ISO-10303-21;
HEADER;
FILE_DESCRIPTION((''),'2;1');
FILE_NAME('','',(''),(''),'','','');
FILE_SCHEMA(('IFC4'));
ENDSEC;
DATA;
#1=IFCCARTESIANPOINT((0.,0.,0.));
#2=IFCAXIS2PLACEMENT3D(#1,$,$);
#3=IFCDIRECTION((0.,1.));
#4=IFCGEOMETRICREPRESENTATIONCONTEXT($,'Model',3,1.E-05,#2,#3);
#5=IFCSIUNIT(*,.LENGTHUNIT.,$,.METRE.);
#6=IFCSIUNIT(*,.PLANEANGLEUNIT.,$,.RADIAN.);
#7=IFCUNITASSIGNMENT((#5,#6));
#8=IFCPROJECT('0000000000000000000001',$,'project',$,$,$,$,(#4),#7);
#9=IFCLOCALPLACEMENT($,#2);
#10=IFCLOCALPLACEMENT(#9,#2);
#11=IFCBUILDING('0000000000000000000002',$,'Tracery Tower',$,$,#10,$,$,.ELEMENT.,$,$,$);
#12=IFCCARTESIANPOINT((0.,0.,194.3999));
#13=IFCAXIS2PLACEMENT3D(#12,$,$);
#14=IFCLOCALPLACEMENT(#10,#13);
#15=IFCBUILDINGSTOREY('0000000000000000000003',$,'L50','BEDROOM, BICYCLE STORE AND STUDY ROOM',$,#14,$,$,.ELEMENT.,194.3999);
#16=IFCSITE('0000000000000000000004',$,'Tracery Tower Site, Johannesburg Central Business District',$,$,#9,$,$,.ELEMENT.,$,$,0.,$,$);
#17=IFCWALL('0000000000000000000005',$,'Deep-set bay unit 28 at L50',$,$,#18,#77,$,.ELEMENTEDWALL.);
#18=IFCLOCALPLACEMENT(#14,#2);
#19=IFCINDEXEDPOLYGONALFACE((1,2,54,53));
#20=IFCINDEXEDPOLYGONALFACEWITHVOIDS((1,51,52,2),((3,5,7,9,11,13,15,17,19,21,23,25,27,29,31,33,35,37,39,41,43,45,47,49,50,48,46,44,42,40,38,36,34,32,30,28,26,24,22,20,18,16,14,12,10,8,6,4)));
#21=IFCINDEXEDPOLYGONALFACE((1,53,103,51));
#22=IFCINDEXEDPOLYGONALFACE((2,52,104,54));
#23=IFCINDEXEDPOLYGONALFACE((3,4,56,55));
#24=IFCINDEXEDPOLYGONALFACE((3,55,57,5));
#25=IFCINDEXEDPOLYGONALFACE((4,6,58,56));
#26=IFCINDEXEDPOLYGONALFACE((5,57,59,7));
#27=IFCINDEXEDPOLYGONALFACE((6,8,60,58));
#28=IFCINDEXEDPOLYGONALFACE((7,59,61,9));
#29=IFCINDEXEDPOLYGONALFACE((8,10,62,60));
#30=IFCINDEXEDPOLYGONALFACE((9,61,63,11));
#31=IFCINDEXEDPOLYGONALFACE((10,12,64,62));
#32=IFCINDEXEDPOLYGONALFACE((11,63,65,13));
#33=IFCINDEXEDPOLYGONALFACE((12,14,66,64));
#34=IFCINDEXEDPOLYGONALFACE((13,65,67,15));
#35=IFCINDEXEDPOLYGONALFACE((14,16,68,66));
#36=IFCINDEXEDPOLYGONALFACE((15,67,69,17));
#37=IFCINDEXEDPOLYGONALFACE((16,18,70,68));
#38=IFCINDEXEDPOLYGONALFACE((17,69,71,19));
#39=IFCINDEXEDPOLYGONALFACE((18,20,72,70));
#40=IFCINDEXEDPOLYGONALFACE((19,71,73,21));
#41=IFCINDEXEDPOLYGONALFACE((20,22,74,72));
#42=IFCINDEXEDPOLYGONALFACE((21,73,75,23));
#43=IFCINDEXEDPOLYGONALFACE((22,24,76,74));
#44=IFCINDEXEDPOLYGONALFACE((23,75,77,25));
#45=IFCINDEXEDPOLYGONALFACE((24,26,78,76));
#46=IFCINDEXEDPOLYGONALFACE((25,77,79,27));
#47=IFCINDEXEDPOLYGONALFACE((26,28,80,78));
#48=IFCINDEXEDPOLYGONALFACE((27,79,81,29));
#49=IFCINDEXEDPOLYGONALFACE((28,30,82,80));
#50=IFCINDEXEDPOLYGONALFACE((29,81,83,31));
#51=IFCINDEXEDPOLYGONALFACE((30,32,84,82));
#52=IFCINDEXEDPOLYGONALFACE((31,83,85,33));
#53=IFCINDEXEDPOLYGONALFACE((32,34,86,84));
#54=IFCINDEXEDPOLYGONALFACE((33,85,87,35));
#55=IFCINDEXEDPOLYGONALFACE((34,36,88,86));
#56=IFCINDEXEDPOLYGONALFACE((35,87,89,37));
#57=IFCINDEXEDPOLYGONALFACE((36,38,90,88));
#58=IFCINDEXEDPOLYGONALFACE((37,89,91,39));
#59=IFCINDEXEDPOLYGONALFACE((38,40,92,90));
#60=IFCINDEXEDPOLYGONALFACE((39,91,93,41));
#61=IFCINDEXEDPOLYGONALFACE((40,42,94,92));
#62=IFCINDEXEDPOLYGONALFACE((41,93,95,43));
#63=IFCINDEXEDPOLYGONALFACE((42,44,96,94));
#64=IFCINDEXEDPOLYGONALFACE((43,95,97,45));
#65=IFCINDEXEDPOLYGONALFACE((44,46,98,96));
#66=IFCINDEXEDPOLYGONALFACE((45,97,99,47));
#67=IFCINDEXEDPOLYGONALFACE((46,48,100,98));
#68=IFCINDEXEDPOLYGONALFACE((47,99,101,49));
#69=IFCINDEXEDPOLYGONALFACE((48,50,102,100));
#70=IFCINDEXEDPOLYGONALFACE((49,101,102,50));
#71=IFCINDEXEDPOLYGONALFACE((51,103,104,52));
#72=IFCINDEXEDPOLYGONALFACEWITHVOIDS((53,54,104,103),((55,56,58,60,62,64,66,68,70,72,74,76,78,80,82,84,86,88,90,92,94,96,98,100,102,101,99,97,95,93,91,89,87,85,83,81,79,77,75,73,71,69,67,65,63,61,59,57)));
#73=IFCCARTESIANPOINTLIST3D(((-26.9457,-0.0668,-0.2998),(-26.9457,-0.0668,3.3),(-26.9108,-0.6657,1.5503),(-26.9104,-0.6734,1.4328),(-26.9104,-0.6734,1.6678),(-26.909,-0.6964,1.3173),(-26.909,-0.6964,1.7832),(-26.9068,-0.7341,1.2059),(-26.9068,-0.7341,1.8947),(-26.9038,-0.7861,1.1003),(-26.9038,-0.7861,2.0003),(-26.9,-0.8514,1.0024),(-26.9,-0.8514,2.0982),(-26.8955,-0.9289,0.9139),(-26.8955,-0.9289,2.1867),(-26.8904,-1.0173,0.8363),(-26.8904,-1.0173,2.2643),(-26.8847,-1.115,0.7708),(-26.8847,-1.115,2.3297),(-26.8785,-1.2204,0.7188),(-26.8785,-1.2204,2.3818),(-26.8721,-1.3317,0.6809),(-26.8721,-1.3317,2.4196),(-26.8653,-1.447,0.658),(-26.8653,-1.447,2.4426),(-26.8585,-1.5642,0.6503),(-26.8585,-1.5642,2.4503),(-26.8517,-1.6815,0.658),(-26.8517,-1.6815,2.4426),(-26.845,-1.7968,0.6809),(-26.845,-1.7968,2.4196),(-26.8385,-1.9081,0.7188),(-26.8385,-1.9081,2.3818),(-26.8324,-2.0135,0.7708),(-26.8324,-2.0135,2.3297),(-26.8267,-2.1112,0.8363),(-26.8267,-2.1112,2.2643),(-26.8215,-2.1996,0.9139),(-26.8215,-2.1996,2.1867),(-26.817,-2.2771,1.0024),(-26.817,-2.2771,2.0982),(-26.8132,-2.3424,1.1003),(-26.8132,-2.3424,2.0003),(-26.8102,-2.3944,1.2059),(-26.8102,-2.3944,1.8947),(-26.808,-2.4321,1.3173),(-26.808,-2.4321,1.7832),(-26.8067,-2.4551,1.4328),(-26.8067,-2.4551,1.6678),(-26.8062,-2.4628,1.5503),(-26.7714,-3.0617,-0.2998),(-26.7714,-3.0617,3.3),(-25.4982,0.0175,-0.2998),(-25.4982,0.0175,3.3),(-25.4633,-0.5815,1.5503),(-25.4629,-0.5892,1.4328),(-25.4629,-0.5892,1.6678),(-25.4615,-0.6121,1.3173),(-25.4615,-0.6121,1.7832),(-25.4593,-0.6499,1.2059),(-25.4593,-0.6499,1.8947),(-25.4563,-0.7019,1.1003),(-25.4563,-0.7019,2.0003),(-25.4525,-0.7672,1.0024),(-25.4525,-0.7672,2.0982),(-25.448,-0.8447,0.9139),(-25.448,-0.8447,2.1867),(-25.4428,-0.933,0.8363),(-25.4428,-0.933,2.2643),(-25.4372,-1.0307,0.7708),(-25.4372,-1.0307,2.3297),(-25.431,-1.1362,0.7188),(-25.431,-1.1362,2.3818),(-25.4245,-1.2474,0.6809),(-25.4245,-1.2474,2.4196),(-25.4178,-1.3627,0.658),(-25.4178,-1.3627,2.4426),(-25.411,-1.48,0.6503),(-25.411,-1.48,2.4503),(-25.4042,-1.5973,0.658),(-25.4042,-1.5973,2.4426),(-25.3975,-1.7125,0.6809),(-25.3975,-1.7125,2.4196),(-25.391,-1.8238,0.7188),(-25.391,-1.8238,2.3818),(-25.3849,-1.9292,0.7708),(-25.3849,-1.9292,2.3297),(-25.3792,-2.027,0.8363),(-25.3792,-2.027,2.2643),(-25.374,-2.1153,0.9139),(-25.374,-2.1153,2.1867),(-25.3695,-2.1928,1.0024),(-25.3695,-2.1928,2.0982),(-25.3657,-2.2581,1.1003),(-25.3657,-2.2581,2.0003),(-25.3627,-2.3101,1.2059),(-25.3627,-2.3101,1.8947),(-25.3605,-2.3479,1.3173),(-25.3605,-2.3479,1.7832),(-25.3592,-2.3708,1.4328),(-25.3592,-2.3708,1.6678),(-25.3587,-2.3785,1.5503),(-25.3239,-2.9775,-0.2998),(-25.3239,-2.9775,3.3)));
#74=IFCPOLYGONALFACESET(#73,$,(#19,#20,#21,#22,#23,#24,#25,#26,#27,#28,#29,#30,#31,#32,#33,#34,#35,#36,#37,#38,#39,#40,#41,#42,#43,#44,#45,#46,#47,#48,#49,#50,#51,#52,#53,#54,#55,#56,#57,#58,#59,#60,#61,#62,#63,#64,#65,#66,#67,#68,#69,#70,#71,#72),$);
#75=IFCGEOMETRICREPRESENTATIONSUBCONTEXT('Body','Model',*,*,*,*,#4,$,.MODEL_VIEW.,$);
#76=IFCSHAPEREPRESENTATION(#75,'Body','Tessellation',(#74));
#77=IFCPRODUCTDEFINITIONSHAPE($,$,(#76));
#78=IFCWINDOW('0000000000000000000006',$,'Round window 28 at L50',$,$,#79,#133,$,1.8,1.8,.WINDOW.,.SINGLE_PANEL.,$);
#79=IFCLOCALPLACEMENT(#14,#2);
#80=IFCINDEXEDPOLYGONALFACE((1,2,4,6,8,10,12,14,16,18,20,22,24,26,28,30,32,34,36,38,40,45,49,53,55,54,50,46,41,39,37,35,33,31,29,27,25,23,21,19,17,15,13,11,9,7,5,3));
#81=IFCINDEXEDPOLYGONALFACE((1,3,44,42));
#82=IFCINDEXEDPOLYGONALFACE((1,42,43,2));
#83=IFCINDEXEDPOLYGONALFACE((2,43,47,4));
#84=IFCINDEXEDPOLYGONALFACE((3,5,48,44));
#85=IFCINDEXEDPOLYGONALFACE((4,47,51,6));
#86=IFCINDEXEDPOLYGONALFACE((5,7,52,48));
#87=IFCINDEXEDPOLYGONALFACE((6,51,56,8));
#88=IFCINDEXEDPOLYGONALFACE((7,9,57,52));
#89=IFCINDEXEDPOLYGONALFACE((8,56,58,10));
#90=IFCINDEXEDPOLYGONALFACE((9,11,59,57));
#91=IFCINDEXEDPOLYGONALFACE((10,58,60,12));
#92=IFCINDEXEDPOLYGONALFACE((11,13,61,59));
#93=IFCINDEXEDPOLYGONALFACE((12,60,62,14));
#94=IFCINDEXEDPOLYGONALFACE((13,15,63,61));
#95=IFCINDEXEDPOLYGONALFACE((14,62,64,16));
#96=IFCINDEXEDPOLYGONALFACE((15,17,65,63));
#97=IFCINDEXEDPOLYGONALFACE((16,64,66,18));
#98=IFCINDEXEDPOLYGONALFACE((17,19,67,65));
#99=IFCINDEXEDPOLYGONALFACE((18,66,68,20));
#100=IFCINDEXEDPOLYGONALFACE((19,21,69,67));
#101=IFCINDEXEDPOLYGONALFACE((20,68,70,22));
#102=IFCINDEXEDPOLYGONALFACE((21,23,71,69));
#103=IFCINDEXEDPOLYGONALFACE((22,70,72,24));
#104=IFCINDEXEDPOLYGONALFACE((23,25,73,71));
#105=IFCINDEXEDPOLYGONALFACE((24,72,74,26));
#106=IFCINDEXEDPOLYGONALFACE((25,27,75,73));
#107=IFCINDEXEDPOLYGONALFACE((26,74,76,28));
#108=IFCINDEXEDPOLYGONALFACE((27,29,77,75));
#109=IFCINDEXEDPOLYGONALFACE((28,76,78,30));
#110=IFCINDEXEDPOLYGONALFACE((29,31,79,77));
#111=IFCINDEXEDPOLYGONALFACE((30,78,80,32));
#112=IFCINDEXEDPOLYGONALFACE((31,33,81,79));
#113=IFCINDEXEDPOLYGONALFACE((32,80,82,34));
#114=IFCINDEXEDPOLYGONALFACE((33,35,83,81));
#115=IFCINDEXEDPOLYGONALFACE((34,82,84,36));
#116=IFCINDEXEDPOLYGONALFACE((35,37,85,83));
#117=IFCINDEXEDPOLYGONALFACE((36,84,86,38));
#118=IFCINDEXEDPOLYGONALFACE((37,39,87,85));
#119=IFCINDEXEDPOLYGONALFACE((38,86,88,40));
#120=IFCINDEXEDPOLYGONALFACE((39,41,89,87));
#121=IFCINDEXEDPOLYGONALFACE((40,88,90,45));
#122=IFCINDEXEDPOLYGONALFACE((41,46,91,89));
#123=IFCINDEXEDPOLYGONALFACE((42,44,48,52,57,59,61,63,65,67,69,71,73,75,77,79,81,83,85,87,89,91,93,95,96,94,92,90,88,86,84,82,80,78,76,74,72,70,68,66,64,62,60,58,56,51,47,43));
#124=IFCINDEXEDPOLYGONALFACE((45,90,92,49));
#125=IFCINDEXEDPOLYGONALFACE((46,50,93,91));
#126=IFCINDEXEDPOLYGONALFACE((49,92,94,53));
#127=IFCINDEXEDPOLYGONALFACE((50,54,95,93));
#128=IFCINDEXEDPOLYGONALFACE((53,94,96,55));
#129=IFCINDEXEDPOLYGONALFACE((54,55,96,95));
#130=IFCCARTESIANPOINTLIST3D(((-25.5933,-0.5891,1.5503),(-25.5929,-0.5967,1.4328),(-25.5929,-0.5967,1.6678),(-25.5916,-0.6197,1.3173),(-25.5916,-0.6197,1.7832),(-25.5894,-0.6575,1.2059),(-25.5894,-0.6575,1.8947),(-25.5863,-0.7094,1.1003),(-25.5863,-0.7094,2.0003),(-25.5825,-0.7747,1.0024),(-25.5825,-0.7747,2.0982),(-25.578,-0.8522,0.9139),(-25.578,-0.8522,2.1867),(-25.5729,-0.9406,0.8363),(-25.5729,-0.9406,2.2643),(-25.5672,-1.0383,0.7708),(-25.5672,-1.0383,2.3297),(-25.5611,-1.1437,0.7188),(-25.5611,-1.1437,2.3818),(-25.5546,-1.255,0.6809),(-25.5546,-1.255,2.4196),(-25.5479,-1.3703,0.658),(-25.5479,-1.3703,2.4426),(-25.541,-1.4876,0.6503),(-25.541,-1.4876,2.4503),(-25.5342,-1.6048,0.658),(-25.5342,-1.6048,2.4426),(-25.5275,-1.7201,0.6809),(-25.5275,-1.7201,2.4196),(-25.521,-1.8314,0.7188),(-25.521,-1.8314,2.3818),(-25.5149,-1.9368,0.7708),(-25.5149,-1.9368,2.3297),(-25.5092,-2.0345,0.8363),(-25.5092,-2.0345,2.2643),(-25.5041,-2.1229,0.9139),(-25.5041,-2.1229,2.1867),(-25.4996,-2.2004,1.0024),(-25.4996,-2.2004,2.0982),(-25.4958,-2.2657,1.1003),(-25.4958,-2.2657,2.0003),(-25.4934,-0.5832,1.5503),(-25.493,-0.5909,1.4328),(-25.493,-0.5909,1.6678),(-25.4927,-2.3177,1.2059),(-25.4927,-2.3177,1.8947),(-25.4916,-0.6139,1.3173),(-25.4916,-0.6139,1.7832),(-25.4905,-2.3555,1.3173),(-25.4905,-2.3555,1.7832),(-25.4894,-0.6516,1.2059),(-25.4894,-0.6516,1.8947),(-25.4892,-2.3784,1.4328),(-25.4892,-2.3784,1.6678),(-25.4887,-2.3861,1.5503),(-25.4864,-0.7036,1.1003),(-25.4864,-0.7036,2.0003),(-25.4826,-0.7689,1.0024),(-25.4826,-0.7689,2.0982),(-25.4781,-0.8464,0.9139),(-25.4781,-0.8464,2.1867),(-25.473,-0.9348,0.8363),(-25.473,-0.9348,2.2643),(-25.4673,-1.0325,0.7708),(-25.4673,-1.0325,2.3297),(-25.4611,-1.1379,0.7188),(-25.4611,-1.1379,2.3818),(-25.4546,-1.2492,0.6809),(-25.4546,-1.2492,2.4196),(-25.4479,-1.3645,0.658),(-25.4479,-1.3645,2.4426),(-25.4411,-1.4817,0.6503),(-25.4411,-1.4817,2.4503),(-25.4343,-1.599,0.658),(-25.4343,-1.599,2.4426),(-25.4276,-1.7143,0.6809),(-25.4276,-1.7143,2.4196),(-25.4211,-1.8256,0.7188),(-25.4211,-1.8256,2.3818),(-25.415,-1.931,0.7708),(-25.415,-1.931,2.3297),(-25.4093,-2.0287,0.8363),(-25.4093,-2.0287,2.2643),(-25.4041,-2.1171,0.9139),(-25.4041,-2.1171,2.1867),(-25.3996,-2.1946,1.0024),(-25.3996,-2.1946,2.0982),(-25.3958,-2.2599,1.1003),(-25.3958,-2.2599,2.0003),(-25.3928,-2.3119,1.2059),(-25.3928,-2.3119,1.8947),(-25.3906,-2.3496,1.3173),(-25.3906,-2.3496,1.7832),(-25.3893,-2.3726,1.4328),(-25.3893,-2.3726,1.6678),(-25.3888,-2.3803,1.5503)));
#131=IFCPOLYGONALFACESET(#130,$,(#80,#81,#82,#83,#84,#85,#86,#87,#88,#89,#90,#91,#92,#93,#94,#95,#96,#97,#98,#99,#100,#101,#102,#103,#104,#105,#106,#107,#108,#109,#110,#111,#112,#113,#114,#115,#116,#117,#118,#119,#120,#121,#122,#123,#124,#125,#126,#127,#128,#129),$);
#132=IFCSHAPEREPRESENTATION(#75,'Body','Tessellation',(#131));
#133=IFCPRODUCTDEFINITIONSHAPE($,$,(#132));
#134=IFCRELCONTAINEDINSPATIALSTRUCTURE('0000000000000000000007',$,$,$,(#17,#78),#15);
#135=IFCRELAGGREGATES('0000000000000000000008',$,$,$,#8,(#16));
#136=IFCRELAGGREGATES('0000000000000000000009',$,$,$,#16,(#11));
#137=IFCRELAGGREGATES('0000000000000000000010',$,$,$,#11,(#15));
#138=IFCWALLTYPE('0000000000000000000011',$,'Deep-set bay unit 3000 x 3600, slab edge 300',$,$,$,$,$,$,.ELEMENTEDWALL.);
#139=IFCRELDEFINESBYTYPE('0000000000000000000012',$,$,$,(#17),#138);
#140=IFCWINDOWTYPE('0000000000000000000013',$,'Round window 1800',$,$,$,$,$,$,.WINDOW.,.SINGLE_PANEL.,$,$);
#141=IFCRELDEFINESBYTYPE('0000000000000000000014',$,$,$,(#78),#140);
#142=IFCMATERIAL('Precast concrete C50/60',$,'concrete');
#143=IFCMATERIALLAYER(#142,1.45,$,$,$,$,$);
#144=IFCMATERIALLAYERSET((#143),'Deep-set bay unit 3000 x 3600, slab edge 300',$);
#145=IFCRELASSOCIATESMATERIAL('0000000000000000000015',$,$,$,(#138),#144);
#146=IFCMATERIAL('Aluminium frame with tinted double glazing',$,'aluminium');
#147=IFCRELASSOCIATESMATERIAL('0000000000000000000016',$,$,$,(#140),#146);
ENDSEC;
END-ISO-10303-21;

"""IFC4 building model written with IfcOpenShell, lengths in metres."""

from ifc_helpers import new_model, si_unit, direction, frame, frame_2d, origin, origin_2d, place, context, subcontext, project, spatial, rectangle, circle, extrude, material, layer, layer_set, type_object, element, fill, save


model = new_model("IFC4")

# Units and contexts
model_context = context("Model", 3, precision=1e-05, world=origin(), true_north=direction((0.0, 1.0)))
body_context = subcontext(model_context, "Body", "Model", "MODEL_VIEW")
ifc_project = project(units=[si_unit("LENGTHUNIT", "METRE"), si_unit("PLANEANGLEUNIT", "RADIAN")], contexts=[model_context])

# Site, building, storey
site_placement = place(None, origin())
site = spatial("IfcSite", under=ifc_project, at=site_placement, Name="Tracery Tower Site, Johannesburg Central Business District", CompositionType="ELEMENT", RefElevation=0.0)
building_placement = place(site_placement, origin())
building = spatial("IfcBuilding", under=site, at=building_placement, Name="Tracery Tower", CompositionType="ELEMENT")
storey_placement = place(building_placement, frame((0.0, 0.0, 194.3999)))
storey = spatial("IfcBuildingStorey", under=building, at=storey_placement, Name="L50", Description="BEDROOM, BICYCLE STORE AND STUDY ROOM", CompositionType="ELEMENT", Elevation=194.3999)

# Wall, opening, window
ifc_material_1 = material(Name="Precast concrete C50/60", Category="concrete")
ifc_layer_1 = layer(ifc_material_1, 1.45)
ifc_layer_set_1 = layer_set([ifc_layer_1], Name="Deep-set bay unit 3000 x 3600, slab edge 300")
wall_type_1 = type_object("IfcWallType", Name="Deep-set bay unit 3000 x 3600, slab edge 300", PredefinedType="ELEMENTEDWALL", material=ifc_layer_set_1)
ifc_material_2 = material(Name="Aluminium frame with tinted double glazing", Category="aluminium")
window_type = type_object("IfcWindowType", Name="Round window 1800", PartitioningType="SINGLE_PANEL", PredefinedType="WINDOW", material=ifc_material_2)
wall_1_placement = place(storey_placement, frame((-26.2219, -0.0247, -0.2998), z_axis=(0.0, 0.0, 1.0), x_axis=(0.058107, -0.99831, 0.0)))
wall_1 = element("IfcWall", 1, at=wall_1_placement, inside=storey, type_object=wall_type_1, Name="Deep-set bay unit 28 at L50", PredefinedType="ELEMENTEDWALL", context=body_context, shape_type="SweptSolid", body=[
    extrude(rectangle(XDim=3.0, YDim=1.45, at=frame_2d((1.5, 0.0))), origin(), (0.0, 0.0, 1.0), 3.5999),
])
opening_1_placement = place(wall_1_placement, frame((1.5, 0.0, 1.8501)))
opening_1 = element("IfcOpeningElement", 2, at=opening_1_placement, cuts=wall_1, PredefinedType="OPENING", context=body_context, shape_type="SweptSolid", body=[
    extrude(circle(Radius=0.9, at=origin_2d()), frame((0.0, 0.7349, 0.0), z_axis=(0.0, -1.0, 0.0), x_axis=(1.0, 0.0, 0.0)), (0.0, 0.0, 1.0), 1.47),
])
window_1_placement = place(opening_1_placement, origin())
window_1 = element("IfcWindow", 3, at=window_1_placement, inside=storey, type_object=window_type, Name="Round window 28 at L50", OverallHeight=1.8, OverallWidth=1.8, PartitioningType="SINGLE_PANEL", PredefinedType="WINDOW", context=body_context, shape_type="SweptSolid", body=[
    extrude(circle(Radius=0.9, at=origin_2d()), frame((0.0, 0.6948, 0.0), z_axis=(0.0, -1.0, 0.0), x_axis=(1.0, 0.0, 0.0)), (0.0, 0.0, 1.0), 0.1001),
])
fill(opening_1, window_1)

save(model, "model.ifc")
